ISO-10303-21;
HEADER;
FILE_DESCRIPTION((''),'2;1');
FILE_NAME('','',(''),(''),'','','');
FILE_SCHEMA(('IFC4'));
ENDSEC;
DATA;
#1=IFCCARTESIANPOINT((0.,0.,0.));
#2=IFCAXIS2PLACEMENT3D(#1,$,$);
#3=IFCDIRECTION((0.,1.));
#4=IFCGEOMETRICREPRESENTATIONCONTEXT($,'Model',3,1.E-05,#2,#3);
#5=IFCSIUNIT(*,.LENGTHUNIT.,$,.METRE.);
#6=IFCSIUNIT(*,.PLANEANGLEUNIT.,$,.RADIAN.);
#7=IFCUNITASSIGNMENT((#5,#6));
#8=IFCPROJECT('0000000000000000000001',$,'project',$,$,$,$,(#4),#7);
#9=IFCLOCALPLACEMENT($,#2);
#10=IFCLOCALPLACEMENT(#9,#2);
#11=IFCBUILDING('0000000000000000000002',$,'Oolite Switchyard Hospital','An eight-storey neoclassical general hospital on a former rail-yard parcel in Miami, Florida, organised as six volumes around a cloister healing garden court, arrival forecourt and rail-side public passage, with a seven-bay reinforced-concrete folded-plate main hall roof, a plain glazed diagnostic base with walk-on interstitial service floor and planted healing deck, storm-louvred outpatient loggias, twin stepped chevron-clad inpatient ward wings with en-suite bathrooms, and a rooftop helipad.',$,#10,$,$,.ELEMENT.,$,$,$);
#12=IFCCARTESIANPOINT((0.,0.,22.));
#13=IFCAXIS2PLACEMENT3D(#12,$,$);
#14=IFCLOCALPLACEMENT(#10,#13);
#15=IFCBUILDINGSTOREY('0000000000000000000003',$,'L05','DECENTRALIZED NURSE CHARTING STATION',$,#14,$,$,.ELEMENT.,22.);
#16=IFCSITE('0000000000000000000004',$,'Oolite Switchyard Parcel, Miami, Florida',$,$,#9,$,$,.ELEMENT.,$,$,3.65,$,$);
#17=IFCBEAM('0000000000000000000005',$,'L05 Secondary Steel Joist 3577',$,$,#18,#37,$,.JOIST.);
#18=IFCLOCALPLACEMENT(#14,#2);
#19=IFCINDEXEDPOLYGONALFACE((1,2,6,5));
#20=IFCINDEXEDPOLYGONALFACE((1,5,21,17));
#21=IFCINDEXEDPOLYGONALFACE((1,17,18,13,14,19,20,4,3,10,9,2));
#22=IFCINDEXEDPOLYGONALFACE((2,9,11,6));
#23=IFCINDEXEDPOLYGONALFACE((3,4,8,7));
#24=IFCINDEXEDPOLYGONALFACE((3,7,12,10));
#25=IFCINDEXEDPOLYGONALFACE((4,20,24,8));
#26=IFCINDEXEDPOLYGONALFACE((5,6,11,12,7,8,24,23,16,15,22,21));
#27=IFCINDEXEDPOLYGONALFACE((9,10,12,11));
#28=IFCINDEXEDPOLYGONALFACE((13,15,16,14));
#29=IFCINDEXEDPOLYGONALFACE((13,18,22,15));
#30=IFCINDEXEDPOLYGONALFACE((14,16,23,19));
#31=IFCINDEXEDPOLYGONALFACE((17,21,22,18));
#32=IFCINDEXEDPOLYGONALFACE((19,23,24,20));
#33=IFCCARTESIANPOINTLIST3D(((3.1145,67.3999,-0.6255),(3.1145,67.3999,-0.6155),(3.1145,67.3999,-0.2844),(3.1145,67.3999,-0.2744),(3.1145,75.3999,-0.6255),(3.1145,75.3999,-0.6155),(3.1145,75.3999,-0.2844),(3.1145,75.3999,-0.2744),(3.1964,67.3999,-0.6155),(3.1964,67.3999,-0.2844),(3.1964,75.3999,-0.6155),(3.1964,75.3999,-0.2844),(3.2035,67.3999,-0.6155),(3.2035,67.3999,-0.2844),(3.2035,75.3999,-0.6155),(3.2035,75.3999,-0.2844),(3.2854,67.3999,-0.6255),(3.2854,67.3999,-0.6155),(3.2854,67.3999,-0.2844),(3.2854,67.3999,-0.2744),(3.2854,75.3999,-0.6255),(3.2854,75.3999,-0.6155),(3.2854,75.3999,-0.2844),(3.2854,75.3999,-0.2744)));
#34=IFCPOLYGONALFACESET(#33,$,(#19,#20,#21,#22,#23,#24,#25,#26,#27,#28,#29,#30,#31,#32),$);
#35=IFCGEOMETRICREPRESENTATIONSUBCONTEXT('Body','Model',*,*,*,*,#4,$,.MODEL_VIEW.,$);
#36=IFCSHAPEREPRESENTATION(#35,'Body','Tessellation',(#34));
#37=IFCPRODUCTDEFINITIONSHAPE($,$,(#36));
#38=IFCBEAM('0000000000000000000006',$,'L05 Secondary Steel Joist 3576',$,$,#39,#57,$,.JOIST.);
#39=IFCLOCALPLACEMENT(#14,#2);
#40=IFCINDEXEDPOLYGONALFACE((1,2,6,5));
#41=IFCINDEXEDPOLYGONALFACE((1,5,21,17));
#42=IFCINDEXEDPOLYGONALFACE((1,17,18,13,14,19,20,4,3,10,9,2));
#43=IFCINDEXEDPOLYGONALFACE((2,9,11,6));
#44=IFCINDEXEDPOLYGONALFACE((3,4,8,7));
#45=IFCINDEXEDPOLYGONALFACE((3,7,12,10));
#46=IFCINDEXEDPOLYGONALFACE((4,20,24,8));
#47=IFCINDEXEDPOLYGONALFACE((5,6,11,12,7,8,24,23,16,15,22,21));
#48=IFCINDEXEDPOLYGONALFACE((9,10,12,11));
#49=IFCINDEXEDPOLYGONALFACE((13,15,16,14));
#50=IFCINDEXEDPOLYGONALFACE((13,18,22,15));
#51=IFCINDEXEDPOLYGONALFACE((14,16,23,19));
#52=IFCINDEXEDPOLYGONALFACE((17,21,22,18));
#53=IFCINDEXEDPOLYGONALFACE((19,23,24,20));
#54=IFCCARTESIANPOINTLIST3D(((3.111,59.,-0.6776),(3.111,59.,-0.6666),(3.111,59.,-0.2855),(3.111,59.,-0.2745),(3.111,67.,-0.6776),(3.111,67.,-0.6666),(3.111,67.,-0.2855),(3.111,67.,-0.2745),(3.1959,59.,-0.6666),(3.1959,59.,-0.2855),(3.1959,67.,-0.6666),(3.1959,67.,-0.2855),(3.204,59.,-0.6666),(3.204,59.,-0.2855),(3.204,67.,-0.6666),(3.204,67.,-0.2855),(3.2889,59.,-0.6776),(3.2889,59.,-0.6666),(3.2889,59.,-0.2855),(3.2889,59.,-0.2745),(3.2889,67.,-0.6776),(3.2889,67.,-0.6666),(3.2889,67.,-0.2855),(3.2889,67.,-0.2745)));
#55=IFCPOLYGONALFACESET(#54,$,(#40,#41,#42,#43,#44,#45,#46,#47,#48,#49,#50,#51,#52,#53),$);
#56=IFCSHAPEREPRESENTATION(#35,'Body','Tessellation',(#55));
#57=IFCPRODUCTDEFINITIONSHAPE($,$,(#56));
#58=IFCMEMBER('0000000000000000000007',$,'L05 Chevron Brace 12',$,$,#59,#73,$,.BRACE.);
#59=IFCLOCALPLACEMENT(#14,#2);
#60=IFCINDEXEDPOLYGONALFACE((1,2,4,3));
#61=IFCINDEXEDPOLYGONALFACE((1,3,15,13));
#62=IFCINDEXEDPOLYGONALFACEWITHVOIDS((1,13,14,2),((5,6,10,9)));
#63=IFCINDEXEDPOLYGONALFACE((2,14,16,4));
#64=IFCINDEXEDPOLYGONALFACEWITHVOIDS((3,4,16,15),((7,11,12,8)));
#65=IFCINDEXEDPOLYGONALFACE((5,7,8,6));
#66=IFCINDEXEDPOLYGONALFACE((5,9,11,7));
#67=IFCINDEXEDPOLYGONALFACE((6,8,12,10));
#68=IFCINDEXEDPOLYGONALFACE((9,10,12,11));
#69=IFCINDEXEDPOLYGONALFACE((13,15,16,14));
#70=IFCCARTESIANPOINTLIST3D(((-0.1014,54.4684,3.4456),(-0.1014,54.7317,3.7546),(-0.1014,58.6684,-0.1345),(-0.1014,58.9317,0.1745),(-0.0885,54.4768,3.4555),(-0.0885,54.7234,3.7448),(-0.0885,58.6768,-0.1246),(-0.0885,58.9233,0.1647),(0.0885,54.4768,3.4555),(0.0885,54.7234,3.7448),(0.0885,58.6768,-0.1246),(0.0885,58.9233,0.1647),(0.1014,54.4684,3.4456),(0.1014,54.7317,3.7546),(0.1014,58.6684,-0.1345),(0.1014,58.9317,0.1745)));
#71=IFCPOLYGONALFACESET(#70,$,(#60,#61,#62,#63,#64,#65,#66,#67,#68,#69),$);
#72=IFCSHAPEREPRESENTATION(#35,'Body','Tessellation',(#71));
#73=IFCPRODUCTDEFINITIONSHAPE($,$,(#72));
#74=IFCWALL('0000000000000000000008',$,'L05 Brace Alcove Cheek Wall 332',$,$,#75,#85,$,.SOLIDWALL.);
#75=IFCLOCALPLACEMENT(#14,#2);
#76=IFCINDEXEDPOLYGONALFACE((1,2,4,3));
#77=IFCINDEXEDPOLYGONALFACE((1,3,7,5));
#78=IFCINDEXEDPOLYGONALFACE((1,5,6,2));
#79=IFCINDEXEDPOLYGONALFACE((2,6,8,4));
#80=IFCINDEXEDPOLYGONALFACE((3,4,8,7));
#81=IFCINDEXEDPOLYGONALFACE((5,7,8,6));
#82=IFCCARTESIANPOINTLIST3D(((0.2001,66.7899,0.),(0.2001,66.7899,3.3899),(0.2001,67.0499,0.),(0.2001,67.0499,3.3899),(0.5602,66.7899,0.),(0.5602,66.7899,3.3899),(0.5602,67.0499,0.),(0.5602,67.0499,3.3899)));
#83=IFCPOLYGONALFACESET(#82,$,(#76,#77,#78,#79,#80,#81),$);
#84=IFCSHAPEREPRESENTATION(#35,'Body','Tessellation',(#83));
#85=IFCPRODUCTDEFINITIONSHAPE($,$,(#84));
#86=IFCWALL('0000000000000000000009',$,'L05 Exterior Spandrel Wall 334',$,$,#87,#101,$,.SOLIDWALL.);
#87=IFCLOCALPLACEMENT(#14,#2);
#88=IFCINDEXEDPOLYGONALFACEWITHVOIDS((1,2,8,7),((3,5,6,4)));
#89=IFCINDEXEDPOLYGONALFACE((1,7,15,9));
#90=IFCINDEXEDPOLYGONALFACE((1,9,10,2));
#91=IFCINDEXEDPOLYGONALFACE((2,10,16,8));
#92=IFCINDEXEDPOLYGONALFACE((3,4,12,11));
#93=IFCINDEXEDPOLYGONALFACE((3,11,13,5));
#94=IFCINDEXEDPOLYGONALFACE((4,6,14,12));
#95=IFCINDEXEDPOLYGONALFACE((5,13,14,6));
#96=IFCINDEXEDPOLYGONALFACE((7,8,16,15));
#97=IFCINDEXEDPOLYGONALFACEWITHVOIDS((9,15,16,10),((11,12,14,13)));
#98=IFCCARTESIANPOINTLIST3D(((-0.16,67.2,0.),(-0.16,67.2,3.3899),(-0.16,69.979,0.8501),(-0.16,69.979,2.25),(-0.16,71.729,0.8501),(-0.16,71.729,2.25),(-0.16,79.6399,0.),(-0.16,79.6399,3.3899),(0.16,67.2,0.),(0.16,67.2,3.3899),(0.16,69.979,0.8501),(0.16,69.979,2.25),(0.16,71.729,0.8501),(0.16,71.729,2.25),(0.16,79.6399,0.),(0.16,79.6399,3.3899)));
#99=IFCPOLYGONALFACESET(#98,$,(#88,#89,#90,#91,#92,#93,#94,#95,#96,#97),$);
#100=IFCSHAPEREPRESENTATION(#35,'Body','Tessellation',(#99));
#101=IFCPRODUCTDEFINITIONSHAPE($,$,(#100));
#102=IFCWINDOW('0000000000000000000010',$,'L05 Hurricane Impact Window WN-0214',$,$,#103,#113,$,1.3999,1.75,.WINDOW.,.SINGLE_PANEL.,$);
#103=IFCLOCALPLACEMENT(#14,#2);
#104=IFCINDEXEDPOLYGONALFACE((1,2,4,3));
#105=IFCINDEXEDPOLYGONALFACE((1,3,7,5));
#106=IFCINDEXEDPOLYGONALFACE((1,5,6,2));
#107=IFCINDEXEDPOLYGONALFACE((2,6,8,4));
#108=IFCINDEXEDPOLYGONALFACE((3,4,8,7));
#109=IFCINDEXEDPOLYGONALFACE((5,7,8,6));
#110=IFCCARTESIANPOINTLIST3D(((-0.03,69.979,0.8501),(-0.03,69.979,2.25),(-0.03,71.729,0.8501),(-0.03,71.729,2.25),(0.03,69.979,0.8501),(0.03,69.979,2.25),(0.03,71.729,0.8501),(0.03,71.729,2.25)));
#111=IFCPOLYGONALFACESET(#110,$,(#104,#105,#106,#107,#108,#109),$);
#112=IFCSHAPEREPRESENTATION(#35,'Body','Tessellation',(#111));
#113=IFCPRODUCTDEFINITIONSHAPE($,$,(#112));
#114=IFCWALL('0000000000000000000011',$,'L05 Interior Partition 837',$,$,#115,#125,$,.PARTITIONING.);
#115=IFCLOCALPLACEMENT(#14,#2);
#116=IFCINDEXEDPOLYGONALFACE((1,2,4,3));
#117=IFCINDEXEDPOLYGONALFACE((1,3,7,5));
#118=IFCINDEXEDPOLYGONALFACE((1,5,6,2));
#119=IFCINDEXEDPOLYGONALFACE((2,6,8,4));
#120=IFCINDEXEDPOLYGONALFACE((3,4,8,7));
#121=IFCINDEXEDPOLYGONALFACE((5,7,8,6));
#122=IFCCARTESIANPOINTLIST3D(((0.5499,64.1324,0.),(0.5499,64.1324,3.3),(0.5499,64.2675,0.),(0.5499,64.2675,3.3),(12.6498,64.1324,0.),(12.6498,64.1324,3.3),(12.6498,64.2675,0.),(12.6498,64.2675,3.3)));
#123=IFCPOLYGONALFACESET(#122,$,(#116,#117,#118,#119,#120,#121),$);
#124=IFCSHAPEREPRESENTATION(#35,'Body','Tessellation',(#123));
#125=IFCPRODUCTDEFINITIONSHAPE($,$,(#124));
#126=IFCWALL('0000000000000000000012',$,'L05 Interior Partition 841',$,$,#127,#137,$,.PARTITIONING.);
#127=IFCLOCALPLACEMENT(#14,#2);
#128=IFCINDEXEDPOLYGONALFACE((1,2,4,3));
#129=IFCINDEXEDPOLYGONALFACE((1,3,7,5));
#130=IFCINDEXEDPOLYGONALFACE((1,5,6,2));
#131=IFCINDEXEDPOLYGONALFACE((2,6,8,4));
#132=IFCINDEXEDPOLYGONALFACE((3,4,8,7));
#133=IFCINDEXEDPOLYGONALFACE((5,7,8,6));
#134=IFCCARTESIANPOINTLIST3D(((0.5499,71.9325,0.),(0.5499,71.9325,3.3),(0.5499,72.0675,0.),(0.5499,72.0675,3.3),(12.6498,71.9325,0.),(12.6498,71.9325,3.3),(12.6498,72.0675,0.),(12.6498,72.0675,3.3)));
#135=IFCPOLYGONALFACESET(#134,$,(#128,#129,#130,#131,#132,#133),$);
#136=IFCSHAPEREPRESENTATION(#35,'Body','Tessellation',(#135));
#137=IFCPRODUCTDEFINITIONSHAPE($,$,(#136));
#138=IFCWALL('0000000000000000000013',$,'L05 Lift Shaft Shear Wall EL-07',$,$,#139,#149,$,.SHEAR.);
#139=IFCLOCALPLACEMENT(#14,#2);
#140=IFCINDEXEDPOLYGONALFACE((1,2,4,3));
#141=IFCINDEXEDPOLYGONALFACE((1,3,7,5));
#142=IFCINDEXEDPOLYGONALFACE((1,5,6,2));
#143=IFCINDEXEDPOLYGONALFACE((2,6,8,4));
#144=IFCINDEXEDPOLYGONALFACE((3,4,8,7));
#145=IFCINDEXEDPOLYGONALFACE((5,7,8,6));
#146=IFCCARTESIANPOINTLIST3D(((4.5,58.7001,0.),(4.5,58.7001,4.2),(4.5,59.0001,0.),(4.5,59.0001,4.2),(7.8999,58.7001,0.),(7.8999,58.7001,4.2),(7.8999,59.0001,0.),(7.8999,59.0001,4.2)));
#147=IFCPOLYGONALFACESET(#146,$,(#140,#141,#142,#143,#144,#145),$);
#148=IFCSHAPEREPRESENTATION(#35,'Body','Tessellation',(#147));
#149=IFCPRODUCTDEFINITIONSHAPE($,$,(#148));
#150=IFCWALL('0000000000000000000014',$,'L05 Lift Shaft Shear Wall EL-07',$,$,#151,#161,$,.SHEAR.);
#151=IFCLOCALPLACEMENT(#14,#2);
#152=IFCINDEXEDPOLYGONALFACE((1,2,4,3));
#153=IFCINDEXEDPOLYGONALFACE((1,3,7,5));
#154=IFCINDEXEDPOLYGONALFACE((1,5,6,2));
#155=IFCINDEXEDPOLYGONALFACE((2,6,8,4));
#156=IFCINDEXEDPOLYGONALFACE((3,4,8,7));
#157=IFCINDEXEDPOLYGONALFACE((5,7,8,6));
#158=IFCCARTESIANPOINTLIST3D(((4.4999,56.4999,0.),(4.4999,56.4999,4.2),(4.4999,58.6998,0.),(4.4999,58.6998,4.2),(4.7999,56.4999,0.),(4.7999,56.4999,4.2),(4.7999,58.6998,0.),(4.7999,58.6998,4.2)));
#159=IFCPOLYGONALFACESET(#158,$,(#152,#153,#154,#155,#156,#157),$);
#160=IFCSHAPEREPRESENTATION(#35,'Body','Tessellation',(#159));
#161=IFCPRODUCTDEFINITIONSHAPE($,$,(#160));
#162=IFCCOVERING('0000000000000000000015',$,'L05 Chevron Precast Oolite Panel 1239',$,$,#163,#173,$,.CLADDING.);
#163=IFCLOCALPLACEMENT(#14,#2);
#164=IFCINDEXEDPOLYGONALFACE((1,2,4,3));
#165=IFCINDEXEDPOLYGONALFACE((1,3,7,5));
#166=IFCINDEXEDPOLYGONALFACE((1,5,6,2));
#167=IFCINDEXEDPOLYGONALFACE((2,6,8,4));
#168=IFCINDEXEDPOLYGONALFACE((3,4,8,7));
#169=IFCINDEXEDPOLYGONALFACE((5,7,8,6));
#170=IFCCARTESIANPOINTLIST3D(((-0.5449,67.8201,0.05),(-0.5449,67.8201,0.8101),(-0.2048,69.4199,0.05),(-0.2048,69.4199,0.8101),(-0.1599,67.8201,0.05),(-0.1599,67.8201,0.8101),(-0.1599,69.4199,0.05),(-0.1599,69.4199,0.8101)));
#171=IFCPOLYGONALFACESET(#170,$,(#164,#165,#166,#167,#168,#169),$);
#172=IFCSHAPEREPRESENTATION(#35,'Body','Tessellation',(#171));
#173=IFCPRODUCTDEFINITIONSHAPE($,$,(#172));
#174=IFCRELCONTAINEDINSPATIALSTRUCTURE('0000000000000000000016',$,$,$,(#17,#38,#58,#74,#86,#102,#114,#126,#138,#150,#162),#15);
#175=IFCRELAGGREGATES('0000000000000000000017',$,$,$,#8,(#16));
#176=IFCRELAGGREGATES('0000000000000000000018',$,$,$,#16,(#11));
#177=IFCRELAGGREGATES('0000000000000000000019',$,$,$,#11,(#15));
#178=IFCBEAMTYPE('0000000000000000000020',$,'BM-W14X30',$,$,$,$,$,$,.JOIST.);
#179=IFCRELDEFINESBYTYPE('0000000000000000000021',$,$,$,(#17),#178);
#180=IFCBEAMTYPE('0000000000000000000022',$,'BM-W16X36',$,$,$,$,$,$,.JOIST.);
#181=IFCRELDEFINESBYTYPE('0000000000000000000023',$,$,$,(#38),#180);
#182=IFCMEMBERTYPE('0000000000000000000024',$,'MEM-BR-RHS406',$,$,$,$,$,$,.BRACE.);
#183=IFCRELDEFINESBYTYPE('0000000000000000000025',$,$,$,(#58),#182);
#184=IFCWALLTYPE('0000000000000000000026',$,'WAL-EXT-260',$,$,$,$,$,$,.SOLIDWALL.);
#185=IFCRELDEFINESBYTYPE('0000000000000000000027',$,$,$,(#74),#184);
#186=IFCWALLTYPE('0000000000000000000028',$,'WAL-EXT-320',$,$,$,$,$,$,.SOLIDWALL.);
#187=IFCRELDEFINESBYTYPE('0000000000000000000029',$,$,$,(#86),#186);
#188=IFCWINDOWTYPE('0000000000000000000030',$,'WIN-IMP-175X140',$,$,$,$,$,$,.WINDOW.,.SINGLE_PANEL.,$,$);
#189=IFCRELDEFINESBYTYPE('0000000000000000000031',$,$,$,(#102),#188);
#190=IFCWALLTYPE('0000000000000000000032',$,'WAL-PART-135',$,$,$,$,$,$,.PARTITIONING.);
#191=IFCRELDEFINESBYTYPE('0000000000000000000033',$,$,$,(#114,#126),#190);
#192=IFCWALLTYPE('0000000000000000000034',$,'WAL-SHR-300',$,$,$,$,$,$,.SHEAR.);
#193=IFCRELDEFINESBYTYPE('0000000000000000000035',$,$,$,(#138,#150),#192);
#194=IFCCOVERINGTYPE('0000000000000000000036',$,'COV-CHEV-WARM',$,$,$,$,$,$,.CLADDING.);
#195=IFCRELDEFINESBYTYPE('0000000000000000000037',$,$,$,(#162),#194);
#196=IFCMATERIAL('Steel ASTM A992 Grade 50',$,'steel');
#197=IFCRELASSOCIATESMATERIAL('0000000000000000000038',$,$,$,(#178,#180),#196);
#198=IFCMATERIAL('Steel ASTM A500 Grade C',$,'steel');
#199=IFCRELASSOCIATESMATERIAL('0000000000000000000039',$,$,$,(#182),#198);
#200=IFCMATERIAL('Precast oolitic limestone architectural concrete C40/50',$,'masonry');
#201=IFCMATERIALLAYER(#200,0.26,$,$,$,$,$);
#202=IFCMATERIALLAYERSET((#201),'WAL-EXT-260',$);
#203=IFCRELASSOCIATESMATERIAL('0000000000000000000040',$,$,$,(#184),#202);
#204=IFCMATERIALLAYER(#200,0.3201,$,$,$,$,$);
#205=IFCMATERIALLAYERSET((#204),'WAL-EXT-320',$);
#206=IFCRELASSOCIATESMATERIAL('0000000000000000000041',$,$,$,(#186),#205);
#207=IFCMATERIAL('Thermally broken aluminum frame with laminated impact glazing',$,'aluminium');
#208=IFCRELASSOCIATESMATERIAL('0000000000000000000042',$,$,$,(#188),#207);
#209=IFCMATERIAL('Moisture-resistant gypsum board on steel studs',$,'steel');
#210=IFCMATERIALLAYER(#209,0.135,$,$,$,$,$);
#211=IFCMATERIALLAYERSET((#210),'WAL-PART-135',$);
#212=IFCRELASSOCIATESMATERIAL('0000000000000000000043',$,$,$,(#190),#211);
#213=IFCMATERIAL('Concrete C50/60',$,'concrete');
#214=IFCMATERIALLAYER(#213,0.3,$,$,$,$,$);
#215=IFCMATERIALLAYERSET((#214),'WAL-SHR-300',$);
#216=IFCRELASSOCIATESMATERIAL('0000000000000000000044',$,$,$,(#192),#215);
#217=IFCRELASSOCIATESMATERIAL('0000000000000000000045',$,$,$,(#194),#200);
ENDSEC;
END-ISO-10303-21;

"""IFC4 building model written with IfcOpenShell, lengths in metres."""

from ifc_helpers import new_model, si_unit, direction, frame, frame_2d, origin, origin_2d, place, context, subcontext, project, spatial, polyline, rectangle, hollow_rectangle, i_section, outline, extrude, material, layer, layer_set, material_profile, profile_set, type_object, element, fill, save


model = new_model("IFC4")

# Units and contexts
model_context = context("Model", 3, precision=1e-05, world=origin(), true_north=direction((0.0, 1.0)))
body_context = subcontext(model_context, "Body", "Model", "MODEL_VIEW")
ifc_project = project(units=[si_unit("LENGTHUNIT", "METRE"), si_unit("PLANEANGLEUNIT", "RADIAN")], contexts=[model_context])

# Site, building, storey
site_placement = place(None, origin())
site = spatial("IfcSite", under=ifc_project, at=site_placement, Name="Oolite Switchyard Parcel, Miami, Florida", CompositionType="ELEMENT", RefElevation=3.65)
building_placement = place(site_placement, origin())
building = spatial("IfcBuilding", under=site, at=building_placement, Name="Oolite Switchyard Hospital", Description="An eight-storey neoclassical general hospital on a former rail-yard parcel in Miami, Florida, organised as six volumes around a cloister healing garden court, arrival forecourt and rail-side public passage, with a seven-bay reinforced-concrete folded-plate main hall roof, a plain glazed diagnostic base with walk-on interstitial service floor and planted healing deck, storm-louvred outpatient loggias, twin stepped chevron-clad inpatient ward wings with en-suite bathrooms, and a rooftop helipad.", CompositionType="ELEMENT")
storey_placement = place(building_placement, frame((0.0, 0.0, 22.0)))
storey = spatial("IfcBuildingStorey", under=building, at=storey_placement, Name="L05", Description="DECENTRALIZED NURSE CHARTING STATION", CompositionType="ELEMENT", Elevation=22.0)

# Shared definitions
ifc_material_1 = material(Name="Concrete C50/60", Category="concrete")

# Beams
ifc_material_2 = material(Name="Steel ASTM A992 Grade 50", Category="steel")
ifc_material_profile_1 = material_profile(ifc_material_2, i_section(OverallWidth=0.1709, OverallDepth=0.3511, WebThickness=0.0071, FlangeThickness=0.01, at=origin_2d()), Name="W14X30")
ifc_profile_set_1 = profile_set([ifc_material_profile_1], Name="Steel ASTM A992 Grade 50")
beam_type_1 = type_object("IfcBeamType", Name="BM-W14X30", PredefinedType="JOIST", material=ifc_profile_set_1)
beam_1_placement = place(storey_placement, frame((3.2, 67.3999, -0.45), z_axis=(0.0, 1.0, 0.0), x_axis=(-1.0, 0.0, 0.0)))
element("IfcBeam", 1, at=beam_1_placement, inside=storey, type_object=beam_type_1, Name="L05 Secondary Steel Joist 3577", PredefinedType="JOIST", context=body_context, shape_type="SweptSolid", body=[
    extrude(i_section(OverallWidth=0.1709, OverallDepth=0.3511, WebThickness=0.0071, FlangeThickness=0.01, at=origin_2d()), origin(), (0.0, 0.0, 1.0), 8.0),
])
ifc_material_profile_2 = material_profile(ifc_material_2, i_section(OverallWidth=0.178, OverallDepth=0.4031, WebThickness=0.0081, FlangeThickness=0.011, at=origin_2d()), Name="W16X36")
ifc_profile_set_2 = profile_set([ifc_material_profile_2], Name="Steel ASTM A992 Grade 50")
beam_type_2 = type_object("IfcBeamType", Name="BM-W16X36", PredefinedType="JOIST", material=ifc_profile_set_2)
beam_2_placement = place(storey_placement, frame((3.2, 59.0, -0.4761), z_axis=(0.0, 1.0, 0.0), x_axis=(-1.0, 0.0, 0.0)))
element("IfcBeam", 2, at=beam_2_placement, inside=storey, type_object=beam_type_2, Name="L05 Secondary Steel Joist 3576", PredefinedType="JOIST", context=body_context, shape_type="SweptSolid", body=[
    extrude(i_section(OverallWidth=0.178, OverallDepth=0.4031, WebThickness=0.0081, FlangeThickness=0.011, at=origin_2d()), origin(), (0.0, 0.0, 1.0), 8.0),
])

# Member
ifc_material_3 = material(Name="Steel ASTM A500 Grade C", Category="steel")
ifc_material_profile_3 = material_profile(ifc_material_3, hollow_rectangle(XDim=0.2029, YDim=0.406, WallThickness=0.0129, at=origin_2d()), Name="HSS406X203X13")
ifc_profile_set_3 = profile_set([ifc_material_profile_3], Name="Steel ASTM A500 Grade C")
member_type = type_object("IfcMemberType", Name="MEM-BR-RHS406", PredefinedType="BRACE", material=ifc_profile_set_3)
member_placement = place(storey_placement, frame((0.0, 58.8, 0.02), z_axis=(0.0, -0.761034, 0.648712), x_axis=(1.0, 0.0, 0.0)))
element("IfcMember", 3, at=member_placement, inside=storey, type_object=member_type, Name="L05 Chevron Brace 12", PredefinedType="BRACE", context=body_context, shape_type="SweptSolid", body=[
    extrude(hollow_rectangle(XDim=0.2029, YDim=0.406, WallThickness=0.0129, at=origin_2d()), origin(), (0.0, 0.0, 1.0), 5.5188),
])

# Wall
ifc_material_4 = material(Name="Precast oolitic limestone architectural concrete C40/50", Category="masonry")
ifc_layer_1 = layer(ifc_material_4, 0.26)
ifc_layer_set_1 = layer_set([ifc_layer_1], Name="WAL-EXT-260")
wall_type_1 = type_object("IfcWallType", Name="WAL-EXT-260", PredefinedType="SOLIDWALL", material=ifc_layer_set_1)
wall_1_placement = place(storey_placement, frame((0.2, 66.9199, 0.0), z_axis=(0.0, 0.0, 1.0), x_axis=(1.0, 0.0, 0.0)))
element("IfcWall", 4, at=wall_1_placement, inside=storey, type_object=wall_type_1, Name="L05 Brace Alcove Cheek Wall 332", PredefinedType="SOLIDWALL", context=body_context, shape_type="SweptSolid", body=[
    extrude(rectangle(XDim=0.3601, YDim=0.26, at=frame_2d((0.1802, 0.0))), origin(), (0.0, 0.0, 1.0), 3.3899),
])

# Wall, opening, window
ifc_layer_2 = layer(ifc_material_4, 0.3201)
ifc_layer_set_2 = layer_set([ifc_layer_2], Name="WAL-EXT-320")
wall_type_2 = type_object("IfcWallType", Name="WAL-EXT-320", PredefinedType="SOLIDWALL", material=ifc_layer_set_2)
wall_2_placement = place(storey_placement, frame((0.0, 67.2, 0.0), z_axis=(0.0, 0.0, 1.0), x_axis=(0.0, 1.0, 0.0)))
wall_2 = element("IfcWall", 5, at=wall_2_placement, inside=storey, type_object=wall_type_2, Name="L05 Exterior Spandrel Wall 334", PredefinedType="SOLIDWALL", context=body_context, shape_type="SweptSolid", body=[
    extrude(rectangle(XDim=12.4399, YDim=0.3201, at=frame_2d((6.22, 0.0))), origin(), (0.0, 0.0, 1.0), 3.3899),
])
opening_placement = place(wall_2_placement, frame((2.7791, 0.0, 0.8501)))
opening = element("IfcOpeningElement", 6, at=opening_placement, cuts=wall_2, PredefinedType="OPENING", context=body_context, shape_type="SweptSolid", body=[
    extrude(rectangle(XDim=1.75, YDim=1.3999, at=frame_2d((0.875, 0.7))), frame((0.0, 0.1699, 0.0), z_axis=(0.0, -1.0, 0.0), x_axis=(1.0, 0.0, 0.0)), (0.0, 0.0, 1.0), 0.3401),
])
ifc_material_5 = material(Name="Thermally broken aluminum frame with laminated impact glazing", Category="aluminium")
window_type = type_object("IfcWindowType", Name="WIN-IMP-175X140", PartitioningType="SINGLE_PANEL", PredefinedType="WINDOW", material=ifc_material_5)
window_placement = place(opening_placement, origin())
window = element("IfcWindow", 7, at=window_placement, inside=storey, type_object=window_type, Name="L05 Hurricane Impact Window WN-0214", OverallHeight=1.3999, OverallWidth=1.75, PartitioningType="SINGLE_PANEL", PredefinedType="WINDOW", context=body_context, shape_type="SweptSolid", body=[
    extrude(rectangle(XDim=1.75, YDim=1.3999, at=frame_2d((0.875, 0.7))), frame((0.0, 0.03, 0.0), z_axis=(0.0, -1.0, 0.0), x_axis=(1.0, 0.0, 0.0)), (0.0, 0.0, 1.0), 0.0601),
])
fill(opening, window)

# Walls
ifc_material_6 = material(Name="Moisture-resistant gypsum board on steel studs", Category="steel")
ifc_layer_3 = layer(ifc_material_6, 0.135)
ifc_layer_set_3 = layer_set([ifc_layer_3], Name="WAL-PART-135")
wall_type_3 = type_object("IfcWallType", Name="WAL-PART-135", PredefinedType="PARTITIONING", material=ifc_layer_set_3)
for number, where, z_axis, x_axis, name in (
    (8, (0.55, 64.2, 0.0), (0.0, 0.0, 1.0), (1.0, 0.0, 0.0), "L05 Interior Partition 837"),
    (9, (0.55, 72.0, 0.0), (0.0, 0.0, 1.0), (1.0, 0.0, 0.0), "L05 Interior Partition 841"),
):
    element("IfcWall", number, at=place(storey_placement, frame(where, z_axis=z_axis, x_axis=x_axis)), inside=storey, type_object=wall_type_3, Name=name, PredefinedType="PARTITIONING", context=body_context, shape_type="SweptSolid", body=[
        extrude(rectangle(XDim=12.0999, YDim=0.135, at=frame_2d((6.0498, 0.0))), origin(), (0.0, 0.0, 1.0), 3.3),
    ])
ifc_layer_4 = layer(ifc_material_1, 0.3)
ifc_layer_set_4 = layer_set([ifc_layer_4], Name="WAL-SHR-300")
wall_type_4 = type_object("IfcWallType", Name="WAL-SHR-300", PredefinedType="SHEAR", material=ifc_layer_set_4)
wall_3_placement = place(storey_placement, frame((7.8999, 58.8501, 0.0), z_axis=(0.0, 0.0, 1.0), x_axis=(-1.0, 0.0, 0.0)))
element("IfcWall", 10, at=wall_3_placement, inside=storey, type_object=wall_type_4, Name="L05 Lift Shaft Shear Wall EL-07", PredefinedType="SHEAR", context=body_context, shape_type="SweptSolid", body=[
    extrude(rectangle(XDim=3.3999, YDim=0.3, at=frame_2d((1.7, 0.0))), origin(), (0.0, 0.0, 1.0), 4.2),
])
wall_4_placement = place(storey_placement, frame((4.6499, 58.7, 0.0), z_axis=(0.0, 0.0, 1.0), x_axis=(0.0, -1.0, 0.0)))
element("IfcWall", 11, at=wall_4_placement, inside=storey, type_object=wall_type_4, Name="L05 Lift Shaft Shear Wall EL-07", PredefinedType="SHEAR", context=body_context, shape_type="SweptSolid", body=[
    extrude(rectangle(XDim=2.2, YDim=0.3, at=frame_2d((1.1001, 0.0))), origin(), (0.0, 0.0, 1.0), 4.2),
])

# Covering
covering_type = type_object("IfcCoveringType", Name="COV-CHEV-WARM", PredefinedType="CLADDING", material=ifc_material_4)
covering_1_placement = place(storey_placement, frame((-0.1599, 67.8201, 0.05), z_axis=(0.0, 0.0, 1.0), x_axis=(0.0, 1.0, 0.0)))
element("IfcCovering", 12, at=covering_1_placement, inside=storey, type_object=covering_type, Name="L05 Chevron Precast Oolite Panel 1239", PredefinedType="CLADDING", context=body_context, shape_type="SweptSolid", body=[
    extrude(outline(polyline([(0.0, 0.0), (1.5999, 0.0), (1.5999, 0.0449), (0.0, 0.385), (0.0, 0.0)])), origin(), (0.0, 0.0, 1.0), 0.76),
])

save(model, "model.ifc")
